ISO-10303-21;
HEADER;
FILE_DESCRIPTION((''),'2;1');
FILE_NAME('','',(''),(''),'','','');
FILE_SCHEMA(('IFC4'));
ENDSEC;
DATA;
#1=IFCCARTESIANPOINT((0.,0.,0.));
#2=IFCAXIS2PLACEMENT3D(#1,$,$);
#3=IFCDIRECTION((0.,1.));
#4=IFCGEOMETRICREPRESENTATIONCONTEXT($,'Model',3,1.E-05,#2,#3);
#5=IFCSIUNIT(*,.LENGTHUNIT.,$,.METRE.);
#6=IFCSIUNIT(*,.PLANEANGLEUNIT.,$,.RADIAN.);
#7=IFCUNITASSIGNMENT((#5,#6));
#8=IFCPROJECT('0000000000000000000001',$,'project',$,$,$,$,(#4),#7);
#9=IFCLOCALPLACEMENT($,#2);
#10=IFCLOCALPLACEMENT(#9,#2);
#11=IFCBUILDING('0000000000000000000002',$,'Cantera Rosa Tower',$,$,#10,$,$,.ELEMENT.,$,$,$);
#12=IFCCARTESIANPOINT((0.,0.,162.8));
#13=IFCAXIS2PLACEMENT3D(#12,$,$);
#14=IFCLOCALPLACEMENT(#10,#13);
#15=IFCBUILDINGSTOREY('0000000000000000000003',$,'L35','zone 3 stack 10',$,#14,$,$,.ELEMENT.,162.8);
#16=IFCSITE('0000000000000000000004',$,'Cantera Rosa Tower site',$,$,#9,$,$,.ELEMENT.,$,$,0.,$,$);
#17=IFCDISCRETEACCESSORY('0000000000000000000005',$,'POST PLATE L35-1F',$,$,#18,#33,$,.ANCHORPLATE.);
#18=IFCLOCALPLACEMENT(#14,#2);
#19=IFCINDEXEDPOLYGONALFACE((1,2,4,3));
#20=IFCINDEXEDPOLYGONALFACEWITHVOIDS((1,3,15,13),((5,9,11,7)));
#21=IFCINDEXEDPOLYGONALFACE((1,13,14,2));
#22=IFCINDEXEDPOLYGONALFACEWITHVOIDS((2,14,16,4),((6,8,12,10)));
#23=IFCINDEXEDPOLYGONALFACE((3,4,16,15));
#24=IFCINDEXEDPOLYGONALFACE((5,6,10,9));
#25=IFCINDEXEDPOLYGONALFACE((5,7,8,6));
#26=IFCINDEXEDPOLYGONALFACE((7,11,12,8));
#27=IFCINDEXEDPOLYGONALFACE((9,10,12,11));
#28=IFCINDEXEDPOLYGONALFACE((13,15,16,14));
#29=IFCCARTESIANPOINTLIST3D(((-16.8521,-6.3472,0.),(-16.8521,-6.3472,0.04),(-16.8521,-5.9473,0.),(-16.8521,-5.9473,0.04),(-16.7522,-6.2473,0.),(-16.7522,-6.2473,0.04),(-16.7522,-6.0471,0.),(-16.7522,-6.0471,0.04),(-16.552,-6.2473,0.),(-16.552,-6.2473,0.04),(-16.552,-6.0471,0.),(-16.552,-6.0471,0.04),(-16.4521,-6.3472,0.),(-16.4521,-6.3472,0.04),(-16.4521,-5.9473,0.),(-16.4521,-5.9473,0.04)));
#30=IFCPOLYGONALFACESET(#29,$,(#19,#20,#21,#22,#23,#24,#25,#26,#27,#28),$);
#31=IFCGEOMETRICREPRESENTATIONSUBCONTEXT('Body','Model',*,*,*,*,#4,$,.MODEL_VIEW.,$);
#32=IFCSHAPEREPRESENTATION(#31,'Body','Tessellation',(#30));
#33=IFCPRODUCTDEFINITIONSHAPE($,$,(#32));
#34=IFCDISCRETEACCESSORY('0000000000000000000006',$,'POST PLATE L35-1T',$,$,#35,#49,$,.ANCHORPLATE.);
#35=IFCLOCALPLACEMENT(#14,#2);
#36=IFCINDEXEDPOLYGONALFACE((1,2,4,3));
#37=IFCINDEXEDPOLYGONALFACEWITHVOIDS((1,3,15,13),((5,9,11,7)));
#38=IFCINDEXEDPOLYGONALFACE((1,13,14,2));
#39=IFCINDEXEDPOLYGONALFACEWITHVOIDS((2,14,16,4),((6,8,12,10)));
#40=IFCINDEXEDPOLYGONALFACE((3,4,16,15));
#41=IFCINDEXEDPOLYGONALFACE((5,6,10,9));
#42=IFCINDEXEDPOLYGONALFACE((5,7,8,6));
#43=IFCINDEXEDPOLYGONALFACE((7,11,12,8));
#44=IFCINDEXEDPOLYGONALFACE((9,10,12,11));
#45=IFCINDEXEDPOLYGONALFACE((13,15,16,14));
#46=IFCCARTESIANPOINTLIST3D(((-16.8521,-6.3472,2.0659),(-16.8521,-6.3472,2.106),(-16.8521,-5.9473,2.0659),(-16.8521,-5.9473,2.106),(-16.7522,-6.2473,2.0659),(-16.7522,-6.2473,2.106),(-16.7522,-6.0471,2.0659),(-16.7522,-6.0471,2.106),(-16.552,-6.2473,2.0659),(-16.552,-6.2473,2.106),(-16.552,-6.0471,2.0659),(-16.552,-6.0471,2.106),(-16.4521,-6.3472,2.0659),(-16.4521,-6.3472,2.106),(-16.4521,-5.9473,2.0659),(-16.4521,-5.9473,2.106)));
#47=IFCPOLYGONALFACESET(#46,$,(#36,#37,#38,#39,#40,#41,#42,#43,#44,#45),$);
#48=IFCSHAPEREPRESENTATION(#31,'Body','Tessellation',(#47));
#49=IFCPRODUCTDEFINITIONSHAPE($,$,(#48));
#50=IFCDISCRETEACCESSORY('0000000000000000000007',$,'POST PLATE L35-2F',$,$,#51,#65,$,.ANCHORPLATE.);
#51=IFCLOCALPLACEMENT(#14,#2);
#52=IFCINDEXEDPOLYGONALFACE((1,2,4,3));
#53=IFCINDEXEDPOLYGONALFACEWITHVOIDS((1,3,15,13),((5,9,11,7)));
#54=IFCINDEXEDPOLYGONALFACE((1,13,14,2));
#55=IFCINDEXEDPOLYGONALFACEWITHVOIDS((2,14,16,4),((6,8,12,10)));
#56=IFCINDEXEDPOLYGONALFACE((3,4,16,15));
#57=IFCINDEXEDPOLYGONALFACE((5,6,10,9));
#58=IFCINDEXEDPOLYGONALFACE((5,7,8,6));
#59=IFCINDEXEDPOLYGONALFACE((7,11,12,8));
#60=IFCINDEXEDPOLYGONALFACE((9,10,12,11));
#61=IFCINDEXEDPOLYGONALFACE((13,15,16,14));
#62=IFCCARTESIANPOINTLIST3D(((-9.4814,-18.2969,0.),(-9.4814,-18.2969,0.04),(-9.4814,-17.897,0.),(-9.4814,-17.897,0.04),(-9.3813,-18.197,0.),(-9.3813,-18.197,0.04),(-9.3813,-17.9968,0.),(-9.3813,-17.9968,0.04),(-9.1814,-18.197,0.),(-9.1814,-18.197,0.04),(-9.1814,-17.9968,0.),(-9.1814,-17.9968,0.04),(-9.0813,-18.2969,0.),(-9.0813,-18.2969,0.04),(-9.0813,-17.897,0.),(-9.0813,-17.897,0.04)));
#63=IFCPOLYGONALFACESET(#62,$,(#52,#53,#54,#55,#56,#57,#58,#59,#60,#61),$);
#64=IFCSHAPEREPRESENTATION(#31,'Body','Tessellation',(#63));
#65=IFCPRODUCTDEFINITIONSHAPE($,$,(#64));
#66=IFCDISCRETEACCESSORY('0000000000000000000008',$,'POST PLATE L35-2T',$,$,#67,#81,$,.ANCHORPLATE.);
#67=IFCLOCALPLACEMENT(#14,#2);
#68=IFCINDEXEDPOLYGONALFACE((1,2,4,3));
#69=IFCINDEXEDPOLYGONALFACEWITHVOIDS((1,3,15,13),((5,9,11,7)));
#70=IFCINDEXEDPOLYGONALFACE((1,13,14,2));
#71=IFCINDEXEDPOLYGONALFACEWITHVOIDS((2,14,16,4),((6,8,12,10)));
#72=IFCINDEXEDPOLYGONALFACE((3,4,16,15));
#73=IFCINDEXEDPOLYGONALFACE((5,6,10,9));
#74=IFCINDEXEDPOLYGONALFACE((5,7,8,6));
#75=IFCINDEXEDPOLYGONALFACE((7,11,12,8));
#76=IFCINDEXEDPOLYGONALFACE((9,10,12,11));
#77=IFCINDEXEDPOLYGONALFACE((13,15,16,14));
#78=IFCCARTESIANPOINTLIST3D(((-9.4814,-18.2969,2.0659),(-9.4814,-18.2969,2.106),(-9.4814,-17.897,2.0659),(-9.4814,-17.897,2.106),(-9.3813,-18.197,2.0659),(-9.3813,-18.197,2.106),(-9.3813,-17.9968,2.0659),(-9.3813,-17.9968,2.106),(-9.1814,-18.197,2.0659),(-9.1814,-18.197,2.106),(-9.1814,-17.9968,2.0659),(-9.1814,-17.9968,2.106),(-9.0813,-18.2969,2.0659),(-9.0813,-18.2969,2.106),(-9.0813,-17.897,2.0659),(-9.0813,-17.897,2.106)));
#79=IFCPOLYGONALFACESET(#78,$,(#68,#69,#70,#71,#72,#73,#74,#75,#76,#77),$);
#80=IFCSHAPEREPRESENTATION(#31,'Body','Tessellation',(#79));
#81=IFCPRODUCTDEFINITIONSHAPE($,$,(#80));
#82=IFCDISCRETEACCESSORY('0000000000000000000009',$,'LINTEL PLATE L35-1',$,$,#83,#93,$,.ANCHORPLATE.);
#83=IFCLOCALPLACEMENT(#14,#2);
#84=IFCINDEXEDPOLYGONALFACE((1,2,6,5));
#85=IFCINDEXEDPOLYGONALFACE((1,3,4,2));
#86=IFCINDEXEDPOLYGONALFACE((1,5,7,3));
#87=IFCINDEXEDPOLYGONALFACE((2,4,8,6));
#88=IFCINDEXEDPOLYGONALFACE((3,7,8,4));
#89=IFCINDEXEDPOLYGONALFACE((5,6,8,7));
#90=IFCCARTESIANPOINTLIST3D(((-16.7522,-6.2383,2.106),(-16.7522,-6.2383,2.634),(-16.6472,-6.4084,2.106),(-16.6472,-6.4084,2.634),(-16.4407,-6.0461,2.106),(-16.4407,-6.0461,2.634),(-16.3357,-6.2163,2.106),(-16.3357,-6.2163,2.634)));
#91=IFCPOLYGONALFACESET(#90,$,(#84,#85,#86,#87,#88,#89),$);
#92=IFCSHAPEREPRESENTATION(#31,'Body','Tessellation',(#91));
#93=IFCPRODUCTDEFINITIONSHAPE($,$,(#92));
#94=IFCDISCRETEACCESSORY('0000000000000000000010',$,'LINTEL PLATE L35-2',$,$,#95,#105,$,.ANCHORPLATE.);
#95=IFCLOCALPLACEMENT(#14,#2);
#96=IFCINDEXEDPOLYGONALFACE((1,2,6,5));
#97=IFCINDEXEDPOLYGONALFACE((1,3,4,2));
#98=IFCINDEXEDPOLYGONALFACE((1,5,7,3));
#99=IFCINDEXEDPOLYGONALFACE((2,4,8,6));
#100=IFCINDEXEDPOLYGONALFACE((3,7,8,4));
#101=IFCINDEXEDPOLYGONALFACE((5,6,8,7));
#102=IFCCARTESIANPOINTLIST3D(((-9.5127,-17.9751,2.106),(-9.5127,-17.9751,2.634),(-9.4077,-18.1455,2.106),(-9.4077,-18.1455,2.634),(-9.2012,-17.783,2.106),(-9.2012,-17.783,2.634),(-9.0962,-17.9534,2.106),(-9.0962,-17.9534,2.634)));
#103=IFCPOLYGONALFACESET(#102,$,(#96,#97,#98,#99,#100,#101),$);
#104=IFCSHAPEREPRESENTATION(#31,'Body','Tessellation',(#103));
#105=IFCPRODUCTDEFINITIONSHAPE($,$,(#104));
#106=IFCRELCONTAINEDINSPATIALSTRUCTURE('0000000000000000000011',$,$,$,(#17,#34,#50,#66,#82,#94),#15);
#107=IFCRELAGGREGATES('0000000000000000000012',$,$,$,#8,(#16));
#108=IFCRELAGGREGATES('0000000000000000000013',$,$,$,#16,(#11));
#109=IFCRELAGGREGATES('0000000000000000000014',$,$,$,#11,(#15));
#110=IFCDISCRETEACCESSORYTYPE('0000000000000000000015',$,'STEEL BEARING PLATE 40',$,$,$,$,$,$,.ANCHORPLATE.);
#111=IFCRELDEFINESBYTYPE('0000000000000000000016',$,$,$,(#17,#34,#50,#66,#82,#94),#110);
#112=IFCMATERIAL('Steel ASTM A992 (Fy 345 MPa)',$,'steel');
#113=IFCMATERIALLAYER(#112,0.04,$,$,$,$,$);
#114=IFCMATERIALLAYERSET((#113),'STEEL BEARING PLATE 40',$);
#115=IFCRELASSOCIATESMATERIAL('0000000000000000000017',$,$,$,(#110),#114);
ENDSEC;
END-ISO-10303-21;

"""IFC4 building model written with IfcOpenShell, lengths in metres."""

from ifc_helpers import new_model, si_unit, direction, frame, origin, place, context, subcontext, project, spatial, polyline, outline, extrude, material, layer, layer_set, type_object, element, save


model = new_model("IFC4")

# Units and contexts
model_context = context("Model", 3, precision=1e-05, world=origin(), true_north=direction((0.0, 1.0)))
body_context = subcontext(model_context, "Body", "Model", "MODEL_VIEW")
ifc_project = project(units=[si_unit("LENGTHUNIT", "METRE"), si_unit("PLANEANGLEUNIT", "RADIAN")], contexts=[model_context])

# Site, building, storey
site_placement = place(None, origin())
site = spatial("IfcSite", under=ifc_project, at=site_placement, Name="Cantera Rosa Tower site", CompositionType="ELEMENT", RefElevation=0.0)
building_placement = place(site_placement, origin())
building = spatial("IfcBuilding", under=site, at=building_placement, Name="Cantera Rosa Tower", CompositionType="ELEMENT")
storey_placement = place(building_placement, frame((0.0, 0.0, 162.8)))
storey = spatial("IfcBuildingStorey", under=building, at=storey_placement, Name="L35", Description="zone 3 stack 10", CompositionType="ELEMENT", Elevation=162.8)

# Discrete accessories
ifc_material_1 = material(Name="Steel ASTM A992 (Fy 345 MPa)", Category="steel")
ifc_layer_1 = layer(ifc_material_1, 0.04)
ifc_layer_set_1 = layer_set([ifc_layer_1], Name="STEEL BEARING PLATE 40")
discrete_accessory_type = type_object("IfcDiscreteAccessoryType", Name="STEEL BEARING PLATE 40", PredefinedType="ANCHORPLATE", material=ifc_layer_set_1)
for number, where, name in (
    (1, (0.0, 0.0, 0.0), "POST PLATE L35-1F"),
    (2, (0.0, 0.0, 2.0659), "POST PLATE L35-1T"),
):
    element("IfcDiscreteAccessory", number, at=place(storey_placement, frame(where)), inside=storey, type_object=discrete_accessory_type, Name=name, PredefinedType="ANCHORPLATE", context=body_context, shape_type="SweptSolid", body=[
        extrude(outline(polyline([(-16.8521, -6.3472), (-16.4521, -6.3472), (-16.4521, -5.9473), (-16.8521, -5.9473), (-16.8521, -6.3472)]), holes=[polyline([(-16.7522, -6.2473), (-16.552, -6.2473), (-16.552, -6.0471), (-16.7522, -6.0471), (-16.7522, -6.2473)])]), origin(), (0.0, 0.0, 1.0), 0.04),
    ])
for number, where, name in (
    (3, (0.0, 0.0, 0.0), "POST PLATE L35-2F"),
    (4, (0.0, 0.0, 2.0659), "POST PLATE L35-2T"),
):
    element("IfcDiscreteAccessory", number, at=place(storey_placement, frame(where)), inside=storey, type_object=discrete_accessory_type, Name=name, PredefinedType="ANCHORPLATE", context=body_context, shape_type="SweptSolid", body=[
        extrude(outline(polyline([(-9.4814, -18.2969), (-9.0813, -18.2969), (-9.0813, -17.897), (-9.4814, -17.897), (-9.4814, -18.2969)]), holes=[polyline([(-9.3813, -18.197), (-9.1814, -18.197), (-9.1814, -17.9968), (-9.3813, -17.9968), (-9.3813, -18.197)])]), origin(), (0.0, 0.0, 1.0), 0.04),
    ])
discrete_accessory_1_placement = place(storey_placement, frame((0.0, 0.0, 2.106)))
element("IfcDiscreteAccessory", 5, at=discrete_accessory_1_placement, inside=storey, type_object=discrete_accessory_type, Name="LINTEL PLATE L35-1", PredefinedType="ANCHORPLATE", context=body_context, shape_type="SweptSolid", body=[
    extrude(outline(polyline([(-16.3357, -6.2163), (-16.4407, -6.0461), (-16.7522, -6.2383), (-16.6472, -6.4084), (-16.3357, -6.2163)])), origin(), (0.0, 0.0, 1.0), 0.5281),
])
discrete_accessory_2_placement = place(storey_placement, frame((0.0, 0.0, 2.106)))
element("IfcDiscreteAccessory", 6, at=discrete_accessory_2_placement, inside=storey, type_object=discrete_accessory_type, Name="LINTEL PLATE L35-2", PredefinedType="ANCHORPLATE", context=body_context, shape_type="SweptSolid", body=[
    extrude(outline(polyline([(-9.5127, -17.9751), (-9.4077, -18.1455), (-9.0962, -17.9534), (-9.2012, -17.783), (-9.5127, -17.9751)])), origin(), (0.0, 0.0, 1.0), 0.5281),
])

save(model, "model.ifc")
